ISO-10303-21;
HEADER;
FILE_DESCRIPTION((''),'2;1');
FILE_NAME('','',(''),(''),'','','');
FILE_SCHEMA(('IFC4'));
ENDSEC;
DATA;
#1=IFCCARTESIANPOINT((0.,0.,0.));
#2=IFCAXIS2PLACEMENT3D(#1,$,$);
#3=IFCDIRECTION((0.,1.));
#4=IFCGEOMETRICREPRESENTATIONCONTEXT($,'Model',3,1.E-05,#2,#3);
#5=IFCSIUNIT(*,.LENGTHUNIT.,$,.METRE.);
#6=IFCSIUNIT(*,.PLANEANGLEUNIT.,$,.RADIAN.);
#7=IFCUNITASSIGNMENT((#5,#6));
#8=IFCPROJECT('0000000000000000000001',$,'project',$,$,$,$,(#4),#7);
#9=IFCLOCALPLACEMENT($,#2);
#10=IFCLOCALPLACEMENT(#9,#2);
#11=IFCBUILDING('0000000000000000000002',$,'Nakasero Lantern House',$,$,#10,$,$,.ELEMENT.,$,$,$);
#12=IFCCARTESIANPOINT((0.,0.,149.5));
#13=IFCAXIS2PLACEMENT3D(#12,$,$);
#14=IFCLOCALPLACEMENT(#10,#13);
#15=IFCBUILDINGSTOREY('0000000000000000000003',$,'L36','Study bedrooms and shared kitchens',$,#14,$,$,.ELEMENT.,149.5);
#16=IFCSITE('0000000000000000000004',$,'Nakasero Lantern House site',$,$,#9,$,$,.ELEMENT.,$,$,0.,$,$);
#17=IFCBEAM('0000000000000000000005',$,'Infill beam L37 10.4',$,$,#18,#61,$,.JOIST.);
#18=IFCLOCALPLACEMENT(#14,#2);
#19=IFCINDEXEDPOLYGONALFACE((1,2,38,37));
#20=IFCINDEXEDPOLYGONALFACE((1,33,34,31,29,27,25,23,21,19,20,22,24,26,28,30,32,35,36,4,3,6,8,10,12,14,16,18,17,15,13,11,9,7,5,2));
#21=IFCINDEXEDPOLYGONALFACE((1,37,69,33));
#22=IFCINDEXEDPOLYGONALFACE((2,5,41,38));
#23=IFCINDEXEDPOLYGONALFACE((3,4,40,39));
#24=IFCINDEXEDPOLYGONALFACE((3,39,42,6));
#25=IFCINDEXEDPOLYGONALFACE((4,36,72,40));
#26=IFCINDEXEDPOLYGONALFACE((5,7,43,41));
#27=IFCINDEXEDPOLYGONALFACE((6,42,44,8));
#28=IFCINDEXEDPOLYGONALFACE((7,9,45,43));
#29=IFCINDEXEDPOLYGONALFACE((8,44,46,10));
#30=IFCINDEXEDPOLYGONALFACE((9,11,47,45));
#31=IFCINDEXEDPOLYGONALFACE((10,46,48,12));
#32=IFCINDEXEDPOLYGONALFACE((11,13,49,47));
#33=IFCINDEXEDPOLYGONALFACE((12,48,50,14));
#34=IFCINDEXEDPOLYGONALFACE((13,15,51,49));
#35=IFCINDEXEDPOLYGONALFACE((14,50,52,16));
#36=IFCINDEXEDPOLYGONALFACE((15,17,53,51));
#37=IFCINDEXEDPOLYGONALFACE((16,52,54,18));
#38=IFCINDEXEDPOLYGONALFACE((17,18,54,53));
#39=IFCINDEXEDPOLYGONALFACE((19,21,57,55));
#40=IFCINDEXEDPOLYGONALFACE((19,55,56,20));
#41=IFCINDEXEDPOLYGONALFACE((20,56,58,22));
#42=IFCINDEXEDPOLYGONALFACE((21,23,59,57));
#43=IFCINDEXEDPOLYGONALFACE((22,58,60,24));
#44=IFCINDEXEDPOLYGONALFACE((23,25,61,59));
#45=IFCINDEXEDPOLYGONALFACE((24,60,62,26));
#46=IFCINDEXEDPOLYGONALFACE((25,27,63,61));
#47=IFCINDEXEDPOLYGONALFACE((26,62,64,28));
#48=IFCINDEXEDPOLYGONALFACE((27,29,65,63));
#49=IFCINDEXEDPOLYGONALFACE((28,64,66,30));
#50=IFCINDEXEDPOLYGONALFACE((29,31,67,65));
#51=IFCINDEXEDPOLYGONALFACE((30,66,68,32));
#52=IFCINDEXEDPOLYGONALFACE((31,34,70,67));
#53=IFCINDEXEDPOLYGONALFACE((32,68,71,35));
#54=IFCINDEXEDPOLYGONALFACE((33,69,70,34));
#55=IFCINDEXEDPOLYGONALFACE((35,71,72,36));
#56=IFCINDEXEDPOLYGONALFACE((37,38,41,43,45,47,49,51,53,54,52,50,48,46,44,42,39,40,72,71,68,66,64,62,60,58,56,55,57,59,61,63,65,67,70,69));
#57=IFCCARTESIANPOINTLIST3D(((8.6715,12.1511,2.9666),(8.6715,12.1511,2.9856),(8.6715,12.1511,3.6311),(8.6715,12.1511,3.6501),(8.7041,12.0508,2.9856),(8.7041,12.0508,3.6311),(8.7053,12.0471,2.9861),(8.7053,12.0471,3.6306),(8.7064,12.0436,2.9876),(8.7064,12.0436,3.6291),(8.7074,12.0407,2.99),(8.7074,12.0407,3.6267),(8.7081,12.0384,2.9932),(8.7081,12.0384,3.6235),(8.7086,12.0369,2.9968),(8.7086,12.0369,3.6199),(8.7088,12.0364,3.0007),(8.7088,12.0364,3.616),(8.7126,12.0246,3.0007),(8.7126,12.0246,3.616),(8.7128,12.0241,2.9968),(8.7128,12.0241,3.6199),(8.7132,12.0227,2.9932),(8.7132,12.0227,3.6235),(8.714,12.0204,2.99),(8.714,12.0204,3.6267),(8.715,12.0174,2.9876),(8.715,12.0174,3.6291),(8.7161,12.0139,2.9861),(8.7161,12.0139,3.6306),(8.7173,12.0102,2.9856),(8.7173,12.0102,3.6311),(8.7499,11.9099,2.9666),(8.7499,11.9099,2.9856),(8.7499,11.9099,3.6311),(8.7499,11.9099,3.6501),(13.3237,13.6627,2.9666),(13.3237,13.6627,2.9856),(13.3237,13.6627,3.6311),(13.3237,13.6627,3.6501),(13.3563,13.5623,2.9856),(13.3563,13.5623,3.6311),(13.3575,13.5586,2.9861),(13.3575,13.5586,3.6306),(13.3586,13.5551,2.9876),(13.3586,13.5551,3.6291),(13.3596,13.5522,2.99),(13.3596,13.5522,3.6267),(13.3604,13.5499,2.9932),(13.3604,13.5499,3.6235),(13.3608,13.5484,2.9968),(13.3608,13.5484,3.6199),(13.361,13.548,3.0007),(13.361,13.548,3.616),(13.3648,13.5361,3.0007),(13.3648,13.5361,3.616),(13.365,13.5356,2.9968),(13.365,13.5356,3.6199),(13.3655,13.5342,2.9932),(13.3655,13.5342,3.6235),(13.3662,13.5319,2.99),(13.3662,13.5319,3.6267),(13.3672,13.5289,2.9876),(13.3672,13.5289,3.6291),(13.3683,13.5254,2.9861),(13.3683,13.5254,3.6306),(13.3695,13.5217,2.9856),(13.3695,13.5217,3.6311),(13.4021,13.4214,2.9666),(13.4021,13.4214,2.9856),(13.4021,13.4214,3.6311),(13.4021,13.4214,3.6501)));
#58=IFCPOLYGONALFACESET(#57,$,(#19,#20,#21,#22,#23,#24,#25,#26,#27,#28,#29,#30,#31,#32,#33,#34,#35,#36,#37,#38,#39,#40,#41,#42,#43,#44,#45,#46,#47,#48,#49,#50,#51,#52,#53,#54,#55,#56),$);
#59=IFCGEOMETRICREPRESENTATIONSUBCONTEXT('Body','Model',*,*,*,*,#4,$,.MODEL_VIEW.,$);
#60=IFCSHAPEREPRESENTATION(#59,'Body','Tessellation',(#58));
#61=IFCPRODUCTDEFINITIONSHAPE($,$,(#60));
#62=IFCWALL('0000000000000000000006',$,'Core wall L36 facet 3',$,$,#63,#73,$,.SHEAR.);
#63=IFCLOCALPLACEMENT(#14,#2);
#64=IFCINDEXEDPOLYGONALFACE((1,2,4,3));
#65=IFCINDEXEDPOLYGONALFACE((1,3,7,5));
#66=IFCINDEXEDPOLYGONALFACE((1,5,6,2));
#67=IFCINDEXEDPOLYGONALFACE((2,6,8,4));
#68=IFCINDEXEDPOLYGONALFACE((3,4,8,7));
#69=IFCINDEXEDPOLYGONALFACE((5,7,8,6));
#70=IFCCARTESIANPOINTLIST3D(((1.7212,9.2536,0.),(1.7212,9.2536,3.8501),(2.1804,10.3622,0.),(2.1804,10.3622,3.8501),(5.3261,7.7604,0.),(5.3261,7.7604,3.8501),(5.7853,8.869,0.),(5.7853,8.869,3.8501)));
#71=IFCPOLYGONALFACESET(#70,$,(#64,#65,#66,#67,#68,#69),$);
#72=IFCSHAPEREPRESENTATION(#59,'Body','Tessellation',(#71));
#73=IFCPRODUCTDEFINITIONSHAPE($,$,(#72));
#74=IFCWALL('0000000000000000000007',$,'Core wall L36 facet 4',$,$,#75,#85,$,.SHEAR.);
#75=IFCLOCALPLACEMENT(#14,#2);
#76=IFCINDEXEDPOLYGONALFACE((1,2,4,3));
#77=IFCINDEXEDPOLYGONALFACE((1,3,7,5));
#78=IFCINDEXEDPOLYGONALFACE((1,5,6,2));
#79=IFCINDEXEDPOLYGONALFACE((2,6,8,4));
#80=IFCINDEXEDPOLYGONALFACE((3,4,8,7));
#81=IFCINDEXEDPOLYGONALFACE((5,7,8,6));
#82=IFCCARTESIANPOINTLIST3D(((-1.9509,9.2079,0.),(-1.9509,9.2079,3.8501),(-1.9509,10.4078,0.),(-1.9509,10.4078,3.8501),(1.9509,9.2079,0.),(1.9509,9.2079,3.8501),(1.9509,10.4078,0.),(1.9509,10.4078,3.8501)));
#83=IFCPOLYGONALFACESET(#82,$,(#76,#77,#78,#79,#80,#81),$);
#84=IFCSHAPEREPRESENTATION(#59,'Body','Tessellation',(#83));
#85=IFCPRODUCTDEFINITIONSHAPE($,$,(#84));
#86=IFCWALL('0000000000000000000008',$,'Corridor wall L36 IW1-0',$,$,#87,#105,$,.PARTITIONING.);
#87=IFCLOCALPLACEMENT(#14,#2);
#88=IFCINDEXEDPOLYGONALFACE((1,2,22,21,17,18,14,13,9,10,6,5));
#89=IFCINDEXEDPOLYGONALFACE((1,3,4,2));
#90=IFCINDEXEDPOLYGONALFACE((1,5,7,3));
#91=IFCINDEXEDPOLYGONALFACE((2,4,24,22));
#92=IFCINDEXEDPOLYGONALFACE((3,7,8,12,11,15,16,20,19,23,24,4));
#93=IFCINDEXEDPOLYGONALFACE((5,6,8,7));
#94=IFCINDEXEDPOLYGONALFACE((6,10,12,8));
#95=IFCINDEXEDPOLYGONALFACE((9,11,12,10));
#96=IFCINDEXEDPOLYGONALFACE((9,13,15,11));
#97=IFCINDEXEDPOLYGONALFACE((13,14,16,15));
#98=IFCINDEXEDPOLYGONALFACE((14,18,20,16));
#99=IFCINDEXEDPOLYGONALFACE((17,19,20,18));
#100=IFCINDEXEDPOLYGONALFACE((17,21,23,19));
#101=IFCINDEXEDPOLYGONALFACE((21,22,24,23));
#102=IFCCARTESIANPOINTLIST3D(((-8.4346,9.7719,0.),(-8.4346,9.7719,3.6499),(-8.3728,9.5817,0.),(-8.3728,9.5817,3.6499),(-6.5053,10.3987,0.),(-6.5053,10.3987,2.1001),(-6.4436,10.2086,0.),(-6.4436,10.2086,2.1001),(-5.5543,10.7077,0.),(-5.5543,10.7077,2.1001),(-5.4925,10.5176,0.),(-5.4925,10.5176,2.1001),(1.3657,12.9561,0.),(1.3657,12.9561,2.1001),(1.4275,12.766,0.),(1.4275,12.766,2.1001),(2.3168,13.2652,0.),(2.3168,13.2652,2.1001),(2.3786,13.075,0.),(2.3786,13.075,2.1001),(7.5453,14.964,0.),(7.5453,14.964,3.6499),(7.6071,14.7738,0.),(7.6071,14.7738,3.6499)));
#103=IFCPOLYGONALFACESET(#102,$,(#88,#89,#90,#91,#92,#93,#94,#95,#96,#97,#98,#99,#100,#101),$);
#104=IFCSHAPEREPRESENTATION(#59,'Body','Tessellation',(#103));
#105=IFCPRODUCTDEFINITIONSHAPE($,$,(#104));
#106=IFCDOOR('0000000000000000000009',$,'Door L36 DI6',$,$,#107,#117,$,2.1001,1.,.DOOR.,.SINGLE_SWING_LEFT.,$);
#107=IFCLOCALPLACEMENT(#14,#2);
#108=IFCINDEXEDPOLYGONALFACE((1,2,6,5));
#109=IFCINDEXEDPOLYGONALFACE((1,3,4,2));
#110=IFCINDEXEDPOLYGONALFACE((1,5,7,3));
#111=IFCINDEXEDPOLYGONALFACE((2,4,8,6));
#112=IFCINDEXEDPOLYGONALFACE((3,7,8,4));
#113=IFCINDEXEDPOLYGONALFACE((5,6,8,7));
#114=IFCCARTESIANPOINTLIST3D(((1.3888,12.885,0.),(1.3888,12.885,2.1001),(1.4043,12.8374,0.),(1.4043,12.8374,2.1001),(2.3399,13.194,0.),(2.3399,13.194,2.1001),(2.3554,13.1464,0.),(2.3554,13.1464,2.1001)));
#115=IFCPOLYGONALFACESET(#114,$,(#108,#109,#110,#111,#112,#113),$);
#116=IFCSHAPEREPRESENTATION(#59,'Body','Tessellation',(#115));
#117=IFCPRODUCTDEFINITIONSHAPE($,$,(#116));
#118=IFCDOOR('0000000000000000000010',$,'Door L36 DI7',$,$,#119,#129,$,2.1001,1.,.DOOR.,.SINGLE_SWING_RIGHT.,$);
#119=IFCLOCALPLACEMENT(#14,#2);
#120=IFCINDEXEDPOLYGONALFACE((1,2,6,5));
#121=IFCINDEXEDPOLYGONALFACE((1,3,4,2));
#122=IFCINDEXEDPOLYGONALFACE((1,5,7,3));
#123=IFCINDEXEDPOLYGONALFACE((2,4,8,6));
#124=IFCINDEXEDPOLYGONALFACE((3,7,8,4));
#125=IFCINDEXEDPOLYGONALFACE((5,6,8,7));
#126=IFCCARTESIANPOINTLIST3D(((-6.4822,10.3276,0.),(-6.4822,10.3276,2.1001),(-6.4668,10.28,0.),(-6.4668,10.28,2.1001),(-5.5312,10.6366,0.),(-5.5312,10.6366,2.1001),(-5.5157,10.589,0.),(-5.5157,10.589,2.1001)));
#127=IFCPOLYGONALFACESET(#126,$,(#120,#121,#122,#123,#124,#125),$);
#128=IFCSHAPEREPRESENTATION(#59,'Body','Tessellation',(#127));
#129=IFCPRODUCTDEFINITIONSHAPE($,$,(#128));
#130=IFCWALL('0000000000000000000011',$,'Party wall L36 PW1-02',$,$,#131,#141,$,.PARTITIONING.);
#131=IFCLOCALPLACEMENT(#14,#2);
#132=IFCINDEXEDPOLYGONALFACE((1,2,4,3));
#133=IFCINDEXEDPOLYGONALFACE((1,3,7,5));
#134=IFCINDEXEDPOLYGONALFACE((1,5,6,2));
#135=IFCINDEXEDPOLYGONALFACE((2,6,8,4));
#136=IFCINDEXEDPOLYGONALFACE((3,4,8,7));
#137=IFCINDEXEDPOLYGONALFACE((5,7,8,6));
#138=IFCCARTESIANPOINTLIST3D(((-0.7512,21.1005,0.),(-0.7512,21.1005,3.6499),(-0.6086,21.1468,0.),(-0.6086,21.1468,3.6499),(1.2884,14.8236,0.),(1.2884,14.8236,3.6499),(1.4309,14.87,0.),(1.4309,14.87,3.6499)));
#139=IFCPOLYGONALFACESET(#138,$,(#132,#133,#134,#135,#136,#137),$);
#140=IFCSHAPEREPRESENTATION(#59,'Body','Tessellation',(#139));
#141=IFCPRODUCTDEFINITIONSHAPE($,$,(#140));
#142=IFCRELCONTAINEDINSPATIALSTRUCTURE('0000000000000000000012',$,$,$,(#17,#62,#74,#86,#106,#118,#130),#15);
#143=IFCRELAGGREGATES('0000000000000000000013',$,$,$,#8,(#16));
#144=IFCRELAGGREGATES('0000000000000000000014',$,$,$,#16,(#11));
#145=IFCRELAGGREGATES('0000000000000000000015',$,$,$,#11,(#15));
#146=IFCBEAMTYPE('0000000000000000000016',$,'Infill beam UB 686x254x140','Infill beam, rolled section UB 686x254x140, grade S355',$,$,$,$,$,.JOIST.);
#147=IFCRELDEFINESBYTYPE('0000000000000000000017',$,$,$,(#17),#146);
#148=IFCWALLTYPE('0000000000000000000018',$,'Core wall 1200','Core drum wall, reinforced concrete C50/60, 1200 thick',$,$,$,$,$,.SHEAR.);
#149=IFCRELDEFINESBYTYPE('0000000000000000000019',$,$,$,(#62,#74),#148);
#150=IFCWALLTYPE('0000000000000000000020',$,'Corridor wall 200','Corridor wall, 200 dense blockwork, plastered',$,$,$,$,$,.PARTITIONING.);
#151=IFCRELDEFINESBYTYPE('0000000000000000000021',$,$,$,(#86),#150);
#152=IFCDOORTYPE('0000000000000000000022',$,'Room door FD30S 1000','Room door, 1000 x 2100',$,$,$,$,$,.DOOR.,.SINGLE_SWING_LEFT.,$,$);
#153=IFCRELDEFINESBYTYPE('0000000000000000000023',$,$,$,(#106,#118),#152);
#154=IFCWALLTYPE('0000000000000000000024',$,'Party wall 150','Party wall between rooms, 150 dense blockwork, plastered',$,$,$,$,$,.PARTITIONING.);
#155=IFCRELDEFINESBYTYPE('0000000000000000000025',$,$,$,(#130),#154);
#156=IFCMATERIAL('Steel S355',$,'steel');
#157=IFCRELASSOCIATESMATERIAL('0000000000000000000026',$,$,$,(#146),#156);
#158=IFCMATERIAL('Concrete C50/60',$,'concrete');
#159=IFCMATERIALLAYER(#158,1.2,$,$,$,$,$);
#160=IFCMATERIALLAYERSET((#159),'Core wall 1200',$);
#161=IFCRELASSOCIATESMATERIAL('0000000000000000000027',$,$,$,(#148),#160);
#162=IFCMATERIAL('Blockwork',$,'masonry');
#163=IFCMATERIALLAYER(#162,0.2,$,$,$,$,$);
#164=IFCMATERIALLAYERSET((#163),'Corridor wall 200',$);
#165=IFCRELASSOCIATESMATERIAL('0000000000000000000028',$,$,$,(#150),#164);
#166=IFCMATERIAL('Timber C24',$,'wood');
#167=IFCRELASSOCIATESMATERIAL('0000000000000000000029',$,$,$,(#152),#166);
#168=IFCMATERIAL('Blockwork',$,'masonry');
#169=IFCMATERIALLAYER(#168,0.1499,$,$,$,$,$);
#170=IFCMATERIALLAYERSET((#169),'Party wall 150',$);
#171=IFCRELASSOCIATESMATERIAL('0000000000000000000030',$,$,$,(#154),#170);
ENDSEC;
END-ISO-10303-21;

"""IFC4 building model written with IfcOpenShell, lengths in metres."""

from ifc_helpers import new_model, si_unit, direction, frame, frame_2d, origin, origin_2d, place, context, subcontext, project, spatial, rectangle, i_section, extrude, material, layer, layer_set, material_profile, profile_set, type_object, element, fill, save


model = new_model("IFC4")

# Units and contexts
model_context = context("Model", 3, precision=1e-05, world=origin(), true_north=direction((0.0, 1.0)))
body_context = subcontext(model_context, "Body", "Model", "MODEL_VIEW")
ifc_project = project(units=[si_unit("LENGTHUNIT", "METRE"), si_unit("PLANEANGLEUNIT", "RADIAN")], contexts=[model_context])

# Site, building, storey
site_placement = place(None, origin())
site = spatial("IfcSite", under=ifc_project, at=site_placement, Name="Nakasero Lantern House site", CompositionType="ELEMENT", RefElevation=0.0)
building_placement = place(site_placement, origin())
building = spatial("IfcBuilding", under=site, at=building_placement, Name="Nakasero Lantern House", CompositionType="ELEMENT")
storey_placement = place(building_placement, frame((0.0, 0.0, 149.5)))
storey = spatial("IfcBuildingStorey", under=building, at=storey_placement, Name="L36", Description="Study bedrooms and shared kitchens", CompositionType="ELEMENT", Elevation=149.5)

# Beam
ifc_material_1 = material(Name="Steel S355", Category="steel")
ifc_material_profile_1 = material_profile(ifc_material_1, i_section(OverallWidth=0.2537, OverallDepth=0.6836, WebThickness=0.0125, FlangeThickness=0.019, FilletRadius=0.0151, at=origin_2d()), Name="UB 686x254x140")
ifc_profile_set_1 = profile_set([ifc_material_profile_1], Name="Steel S355")
beam_type_1 = type_object("IfcBeamType", Name="Infill beam UB 686x254x140", Description="Infill beam, rolled section UB 686x254x140, grade S355", PredefinedType="JOIST", material=ifc_profile_set_1)
beam_1_placement = place(storey_placement, frame((8.7107, 12.0305, 3.3083), z_axis=(0.951062, 0.309001, 0.0), x_axis=(-0.309001, 0.951062, 0.0)))
element("IfcBeam", 1, at=beam_1_placement, inside=storey, type_object=beam_type_1, Name="Infill beam L37 10.4", PredefinedType="JOIST", context=body_context, shape_type="SweptSolid", body=[
    extrude(i_section(OverallWidth=0.2537, OverallDepth=0.6836, WebThickness=0.0125, FlangeThickness=0.019, FilletRadius=0.0151, at=origin_2d()), origin(), (0.0, 0.0, 1.0), 4.8916),
])

# Walls
ifc_material_2 = material(Name="Concrete C50/60", Category="concrete")
ifc_layer_1 = layer(ifc_material_2, 1.2)
ifc_layer_set_1 = layer_set([ifc_layer_1], Name="Core wall 1200")
wall_type_1 = type_object("IfcWallType", Name="Core wall 1200", Description="Core drum wall, reinforced concrete C50/60, 1200 thick", PredefinedType="SHEAR", material=ifc_layer_set_1)
for number, where, z_axis, x_axis, name in (
    (2, (5.5557, 8.3147, 0.0), (0.0, 0.0, 1.0), (-0.923877, 0.382691, 0.0), "Core wall L36 facet 3"),
    (3, (1.9509, 9.8079, 0.0), (0.0, 0.0, 1.0), (-1.0, 0.0, 0.0), "Core wall L36 facet 4"),
):
    element("IfcWall", number, at=place(storey_placement, frame(where, z_axis=z_axis, x_axis=x_axis)), inside=storey, type_object=wall_type_1, Name=name, PredefinedType="SHEAR", context=body_context, shape_type="SweptSolid", body=[
        extrude(rectangle(XDim=3.9019, YDim=1.2, at=frame_2d((1.9509, 0.0))), origin(), (0.0, 0.0, 1.0), 3.8501),
    ])

# Wall, openings, doors
ifc_material_3 = material(Name="Blockwork", Category="masonry")
ifc_layer_2 = layer(ifc_material_3, 0.2)
ifc_layer_set_2 = layer_set([ifc_layer_2], Name="Corridor wall 200")
wall_type_2 = type_object("IfcWallType", Name="Corridor wall 200", Description="Corridor wall, 200 dense blockwork, plastered", PredefinedType="PARTITIONING", material=ifc_layer_set_2)
wall_1_placement = place(storey_placement, frame((7.5762, 14.8689, 0.0), z_axis=(0.0, 0.0, 1.0), x_axis=(-0.951058, -0.309013, 0.0)))
wall_1 = element("IfcWall", 4, at=wall_1_placement, inside=storey, type_object=wall_type_2, Name="Corridor wall L36 IW1-0", PredefinedType="PARTITIONING", context=body_context, shape_type="SweptSolid", body=[
    extrude(rectangle(XDim=16.8022, YDim=0.2, at=frame_2d((8.4011, 0.0))), origin(), (0.0, 0.0, 1.0), 3.6499),
])
opening_1_placement = place(wall_1_placement, frame((5.4976, 0.0, 0.0)))
opening_1 = element("IfcOpeningElement", 5, at=opening_1_placement, cuts=wall_1, PredefinedType="OPENING", context=body_context, shape_type="SweptSolid", body=[
    extrude(rectangle(XDim=1.0, YDim=2.1001, at=frame_2d((0.5, 1.05))), frame((0.0, 0.1199, 0.0), z_axis=(0.0, -1.0, 0.0), x_axis=(1.0, 0.0, 0.0)), (0.0, 0.0, 1.0), 0.24),
])
opening_2_placement = place(wall_1_placement, frame((13.7737, 0.0, 0.0)))
opening_2 = element("IfcOpeningElement", 6, at=opening_2_placement, cuts=wall_1, PredefinedType="OPENING", context=body_context, shape_type="SweptSolid", body=[
    extrude(rectangle(XDim=1.0, YDim=2.1001, at=frame_2d((0.5, 1.05))), frame((0.0, 0.1199, 0.0), z_axis=(0.0, -1.0, 0.0), x_axis=(1.0, 0.0, 0.0)), (0.0, 0.0, 1.0), 0.24),
])
ifc_material_4 = material(Name="Timber C24", Category="wood")
door_type = type_object("IfcDoorType", Name="Room door FD30S 1000", Description="Room door, 1000 x 2100", OperationType="SINGLE_SWING_LEFT", PredefinedType="DOOR", material=ifc_material_4)
door_1_placement = place(opening_1_placement, origin())
door_1 = element("IfcDoor", 7, at=door_1_placement, inside=storey, type_object=door_type, Name="Door L36 DI6", OperationType="SINGLE_SWING_LEFT", OverallHeight=2.1001, OverallWidth=1.0, PredefinedType="DOOR", context=body_context, shape_type="SweptSolid", body=[
    extrude(rectangle(XDim=1.0, YDim=2.1001, at=frame_2d((0.5, 1.05))), frame((0.0, 0.0249, 0.0), z_axis=(0.0, -1.0, 0.0), x_axis=(1.0, 0.0, 0.0)), (0.0, 0.0, 1.0), 0.05),
])
fill(opening_1, door_1)
door_2_placement = place(opening_2_placement, origin())
door_2 = element("IfcDoor", 8, at=door_2_placement, inside=storey, type_object=door_type, Name="Door L36 DI7", OperationType="SINGLE_SWING_RIGHT", OverallHeight=2.1001, OverallWidth=1.0, PredefinedType="DOOR", context=body_context, shape_type="SweptSolid", body=[
    extrude(rectangle(XDim=1.0, YDim=2.1001, at=frame_2d((0.5, 1.05))), frame((0.0, 0.0249, 0.0), z_axis=(0.0, -1.0, 0.0), x_axis=(1.0, 0.0, 0.0)), (0.0, 0.0, 1.0), 0.05),
])
fill(opening_2, door_2)

# Wall
ifc_material_5 = material(Name="Blockwork", Category="masonry")
ifc_layer_3 = layer(ifc_material_5, 0.1499)
ifc_layer_set_3 = layer_set([ifc_layer_3], Name="Party wall 150")
wall_type_3 = type_object("IfcWallType", Name="Party wall 150", Description="Party wall between rooms, 150 dense blockwork, plastered", PredefinedType="PARTITIONING", material=ifc_layer_set_3)
wall_2_placement = place(storey_placement, frame((1.3596, 14.8469, 0.0), z_axis=(0.0, 0.0, 1.0), x_axis=(-0.309028, 0.951053, 0.0)))
element("IfcWall", 9, at=wall_2_placement, inside=storey, type_object=wall_type_3, Name="Party wall L36 PW1-02", PredefinedType="PARTITIONING", context=body_context, shape_type="SweptSolid", body=[
    extrude(rectangle(XDim=6.5999, YDim=0.1499, at=frame_2d((3.2998, 0.0))), origin(), (0.0, 0.0, 1.0), 3.6499),
])

save(model, "model.ifc")
